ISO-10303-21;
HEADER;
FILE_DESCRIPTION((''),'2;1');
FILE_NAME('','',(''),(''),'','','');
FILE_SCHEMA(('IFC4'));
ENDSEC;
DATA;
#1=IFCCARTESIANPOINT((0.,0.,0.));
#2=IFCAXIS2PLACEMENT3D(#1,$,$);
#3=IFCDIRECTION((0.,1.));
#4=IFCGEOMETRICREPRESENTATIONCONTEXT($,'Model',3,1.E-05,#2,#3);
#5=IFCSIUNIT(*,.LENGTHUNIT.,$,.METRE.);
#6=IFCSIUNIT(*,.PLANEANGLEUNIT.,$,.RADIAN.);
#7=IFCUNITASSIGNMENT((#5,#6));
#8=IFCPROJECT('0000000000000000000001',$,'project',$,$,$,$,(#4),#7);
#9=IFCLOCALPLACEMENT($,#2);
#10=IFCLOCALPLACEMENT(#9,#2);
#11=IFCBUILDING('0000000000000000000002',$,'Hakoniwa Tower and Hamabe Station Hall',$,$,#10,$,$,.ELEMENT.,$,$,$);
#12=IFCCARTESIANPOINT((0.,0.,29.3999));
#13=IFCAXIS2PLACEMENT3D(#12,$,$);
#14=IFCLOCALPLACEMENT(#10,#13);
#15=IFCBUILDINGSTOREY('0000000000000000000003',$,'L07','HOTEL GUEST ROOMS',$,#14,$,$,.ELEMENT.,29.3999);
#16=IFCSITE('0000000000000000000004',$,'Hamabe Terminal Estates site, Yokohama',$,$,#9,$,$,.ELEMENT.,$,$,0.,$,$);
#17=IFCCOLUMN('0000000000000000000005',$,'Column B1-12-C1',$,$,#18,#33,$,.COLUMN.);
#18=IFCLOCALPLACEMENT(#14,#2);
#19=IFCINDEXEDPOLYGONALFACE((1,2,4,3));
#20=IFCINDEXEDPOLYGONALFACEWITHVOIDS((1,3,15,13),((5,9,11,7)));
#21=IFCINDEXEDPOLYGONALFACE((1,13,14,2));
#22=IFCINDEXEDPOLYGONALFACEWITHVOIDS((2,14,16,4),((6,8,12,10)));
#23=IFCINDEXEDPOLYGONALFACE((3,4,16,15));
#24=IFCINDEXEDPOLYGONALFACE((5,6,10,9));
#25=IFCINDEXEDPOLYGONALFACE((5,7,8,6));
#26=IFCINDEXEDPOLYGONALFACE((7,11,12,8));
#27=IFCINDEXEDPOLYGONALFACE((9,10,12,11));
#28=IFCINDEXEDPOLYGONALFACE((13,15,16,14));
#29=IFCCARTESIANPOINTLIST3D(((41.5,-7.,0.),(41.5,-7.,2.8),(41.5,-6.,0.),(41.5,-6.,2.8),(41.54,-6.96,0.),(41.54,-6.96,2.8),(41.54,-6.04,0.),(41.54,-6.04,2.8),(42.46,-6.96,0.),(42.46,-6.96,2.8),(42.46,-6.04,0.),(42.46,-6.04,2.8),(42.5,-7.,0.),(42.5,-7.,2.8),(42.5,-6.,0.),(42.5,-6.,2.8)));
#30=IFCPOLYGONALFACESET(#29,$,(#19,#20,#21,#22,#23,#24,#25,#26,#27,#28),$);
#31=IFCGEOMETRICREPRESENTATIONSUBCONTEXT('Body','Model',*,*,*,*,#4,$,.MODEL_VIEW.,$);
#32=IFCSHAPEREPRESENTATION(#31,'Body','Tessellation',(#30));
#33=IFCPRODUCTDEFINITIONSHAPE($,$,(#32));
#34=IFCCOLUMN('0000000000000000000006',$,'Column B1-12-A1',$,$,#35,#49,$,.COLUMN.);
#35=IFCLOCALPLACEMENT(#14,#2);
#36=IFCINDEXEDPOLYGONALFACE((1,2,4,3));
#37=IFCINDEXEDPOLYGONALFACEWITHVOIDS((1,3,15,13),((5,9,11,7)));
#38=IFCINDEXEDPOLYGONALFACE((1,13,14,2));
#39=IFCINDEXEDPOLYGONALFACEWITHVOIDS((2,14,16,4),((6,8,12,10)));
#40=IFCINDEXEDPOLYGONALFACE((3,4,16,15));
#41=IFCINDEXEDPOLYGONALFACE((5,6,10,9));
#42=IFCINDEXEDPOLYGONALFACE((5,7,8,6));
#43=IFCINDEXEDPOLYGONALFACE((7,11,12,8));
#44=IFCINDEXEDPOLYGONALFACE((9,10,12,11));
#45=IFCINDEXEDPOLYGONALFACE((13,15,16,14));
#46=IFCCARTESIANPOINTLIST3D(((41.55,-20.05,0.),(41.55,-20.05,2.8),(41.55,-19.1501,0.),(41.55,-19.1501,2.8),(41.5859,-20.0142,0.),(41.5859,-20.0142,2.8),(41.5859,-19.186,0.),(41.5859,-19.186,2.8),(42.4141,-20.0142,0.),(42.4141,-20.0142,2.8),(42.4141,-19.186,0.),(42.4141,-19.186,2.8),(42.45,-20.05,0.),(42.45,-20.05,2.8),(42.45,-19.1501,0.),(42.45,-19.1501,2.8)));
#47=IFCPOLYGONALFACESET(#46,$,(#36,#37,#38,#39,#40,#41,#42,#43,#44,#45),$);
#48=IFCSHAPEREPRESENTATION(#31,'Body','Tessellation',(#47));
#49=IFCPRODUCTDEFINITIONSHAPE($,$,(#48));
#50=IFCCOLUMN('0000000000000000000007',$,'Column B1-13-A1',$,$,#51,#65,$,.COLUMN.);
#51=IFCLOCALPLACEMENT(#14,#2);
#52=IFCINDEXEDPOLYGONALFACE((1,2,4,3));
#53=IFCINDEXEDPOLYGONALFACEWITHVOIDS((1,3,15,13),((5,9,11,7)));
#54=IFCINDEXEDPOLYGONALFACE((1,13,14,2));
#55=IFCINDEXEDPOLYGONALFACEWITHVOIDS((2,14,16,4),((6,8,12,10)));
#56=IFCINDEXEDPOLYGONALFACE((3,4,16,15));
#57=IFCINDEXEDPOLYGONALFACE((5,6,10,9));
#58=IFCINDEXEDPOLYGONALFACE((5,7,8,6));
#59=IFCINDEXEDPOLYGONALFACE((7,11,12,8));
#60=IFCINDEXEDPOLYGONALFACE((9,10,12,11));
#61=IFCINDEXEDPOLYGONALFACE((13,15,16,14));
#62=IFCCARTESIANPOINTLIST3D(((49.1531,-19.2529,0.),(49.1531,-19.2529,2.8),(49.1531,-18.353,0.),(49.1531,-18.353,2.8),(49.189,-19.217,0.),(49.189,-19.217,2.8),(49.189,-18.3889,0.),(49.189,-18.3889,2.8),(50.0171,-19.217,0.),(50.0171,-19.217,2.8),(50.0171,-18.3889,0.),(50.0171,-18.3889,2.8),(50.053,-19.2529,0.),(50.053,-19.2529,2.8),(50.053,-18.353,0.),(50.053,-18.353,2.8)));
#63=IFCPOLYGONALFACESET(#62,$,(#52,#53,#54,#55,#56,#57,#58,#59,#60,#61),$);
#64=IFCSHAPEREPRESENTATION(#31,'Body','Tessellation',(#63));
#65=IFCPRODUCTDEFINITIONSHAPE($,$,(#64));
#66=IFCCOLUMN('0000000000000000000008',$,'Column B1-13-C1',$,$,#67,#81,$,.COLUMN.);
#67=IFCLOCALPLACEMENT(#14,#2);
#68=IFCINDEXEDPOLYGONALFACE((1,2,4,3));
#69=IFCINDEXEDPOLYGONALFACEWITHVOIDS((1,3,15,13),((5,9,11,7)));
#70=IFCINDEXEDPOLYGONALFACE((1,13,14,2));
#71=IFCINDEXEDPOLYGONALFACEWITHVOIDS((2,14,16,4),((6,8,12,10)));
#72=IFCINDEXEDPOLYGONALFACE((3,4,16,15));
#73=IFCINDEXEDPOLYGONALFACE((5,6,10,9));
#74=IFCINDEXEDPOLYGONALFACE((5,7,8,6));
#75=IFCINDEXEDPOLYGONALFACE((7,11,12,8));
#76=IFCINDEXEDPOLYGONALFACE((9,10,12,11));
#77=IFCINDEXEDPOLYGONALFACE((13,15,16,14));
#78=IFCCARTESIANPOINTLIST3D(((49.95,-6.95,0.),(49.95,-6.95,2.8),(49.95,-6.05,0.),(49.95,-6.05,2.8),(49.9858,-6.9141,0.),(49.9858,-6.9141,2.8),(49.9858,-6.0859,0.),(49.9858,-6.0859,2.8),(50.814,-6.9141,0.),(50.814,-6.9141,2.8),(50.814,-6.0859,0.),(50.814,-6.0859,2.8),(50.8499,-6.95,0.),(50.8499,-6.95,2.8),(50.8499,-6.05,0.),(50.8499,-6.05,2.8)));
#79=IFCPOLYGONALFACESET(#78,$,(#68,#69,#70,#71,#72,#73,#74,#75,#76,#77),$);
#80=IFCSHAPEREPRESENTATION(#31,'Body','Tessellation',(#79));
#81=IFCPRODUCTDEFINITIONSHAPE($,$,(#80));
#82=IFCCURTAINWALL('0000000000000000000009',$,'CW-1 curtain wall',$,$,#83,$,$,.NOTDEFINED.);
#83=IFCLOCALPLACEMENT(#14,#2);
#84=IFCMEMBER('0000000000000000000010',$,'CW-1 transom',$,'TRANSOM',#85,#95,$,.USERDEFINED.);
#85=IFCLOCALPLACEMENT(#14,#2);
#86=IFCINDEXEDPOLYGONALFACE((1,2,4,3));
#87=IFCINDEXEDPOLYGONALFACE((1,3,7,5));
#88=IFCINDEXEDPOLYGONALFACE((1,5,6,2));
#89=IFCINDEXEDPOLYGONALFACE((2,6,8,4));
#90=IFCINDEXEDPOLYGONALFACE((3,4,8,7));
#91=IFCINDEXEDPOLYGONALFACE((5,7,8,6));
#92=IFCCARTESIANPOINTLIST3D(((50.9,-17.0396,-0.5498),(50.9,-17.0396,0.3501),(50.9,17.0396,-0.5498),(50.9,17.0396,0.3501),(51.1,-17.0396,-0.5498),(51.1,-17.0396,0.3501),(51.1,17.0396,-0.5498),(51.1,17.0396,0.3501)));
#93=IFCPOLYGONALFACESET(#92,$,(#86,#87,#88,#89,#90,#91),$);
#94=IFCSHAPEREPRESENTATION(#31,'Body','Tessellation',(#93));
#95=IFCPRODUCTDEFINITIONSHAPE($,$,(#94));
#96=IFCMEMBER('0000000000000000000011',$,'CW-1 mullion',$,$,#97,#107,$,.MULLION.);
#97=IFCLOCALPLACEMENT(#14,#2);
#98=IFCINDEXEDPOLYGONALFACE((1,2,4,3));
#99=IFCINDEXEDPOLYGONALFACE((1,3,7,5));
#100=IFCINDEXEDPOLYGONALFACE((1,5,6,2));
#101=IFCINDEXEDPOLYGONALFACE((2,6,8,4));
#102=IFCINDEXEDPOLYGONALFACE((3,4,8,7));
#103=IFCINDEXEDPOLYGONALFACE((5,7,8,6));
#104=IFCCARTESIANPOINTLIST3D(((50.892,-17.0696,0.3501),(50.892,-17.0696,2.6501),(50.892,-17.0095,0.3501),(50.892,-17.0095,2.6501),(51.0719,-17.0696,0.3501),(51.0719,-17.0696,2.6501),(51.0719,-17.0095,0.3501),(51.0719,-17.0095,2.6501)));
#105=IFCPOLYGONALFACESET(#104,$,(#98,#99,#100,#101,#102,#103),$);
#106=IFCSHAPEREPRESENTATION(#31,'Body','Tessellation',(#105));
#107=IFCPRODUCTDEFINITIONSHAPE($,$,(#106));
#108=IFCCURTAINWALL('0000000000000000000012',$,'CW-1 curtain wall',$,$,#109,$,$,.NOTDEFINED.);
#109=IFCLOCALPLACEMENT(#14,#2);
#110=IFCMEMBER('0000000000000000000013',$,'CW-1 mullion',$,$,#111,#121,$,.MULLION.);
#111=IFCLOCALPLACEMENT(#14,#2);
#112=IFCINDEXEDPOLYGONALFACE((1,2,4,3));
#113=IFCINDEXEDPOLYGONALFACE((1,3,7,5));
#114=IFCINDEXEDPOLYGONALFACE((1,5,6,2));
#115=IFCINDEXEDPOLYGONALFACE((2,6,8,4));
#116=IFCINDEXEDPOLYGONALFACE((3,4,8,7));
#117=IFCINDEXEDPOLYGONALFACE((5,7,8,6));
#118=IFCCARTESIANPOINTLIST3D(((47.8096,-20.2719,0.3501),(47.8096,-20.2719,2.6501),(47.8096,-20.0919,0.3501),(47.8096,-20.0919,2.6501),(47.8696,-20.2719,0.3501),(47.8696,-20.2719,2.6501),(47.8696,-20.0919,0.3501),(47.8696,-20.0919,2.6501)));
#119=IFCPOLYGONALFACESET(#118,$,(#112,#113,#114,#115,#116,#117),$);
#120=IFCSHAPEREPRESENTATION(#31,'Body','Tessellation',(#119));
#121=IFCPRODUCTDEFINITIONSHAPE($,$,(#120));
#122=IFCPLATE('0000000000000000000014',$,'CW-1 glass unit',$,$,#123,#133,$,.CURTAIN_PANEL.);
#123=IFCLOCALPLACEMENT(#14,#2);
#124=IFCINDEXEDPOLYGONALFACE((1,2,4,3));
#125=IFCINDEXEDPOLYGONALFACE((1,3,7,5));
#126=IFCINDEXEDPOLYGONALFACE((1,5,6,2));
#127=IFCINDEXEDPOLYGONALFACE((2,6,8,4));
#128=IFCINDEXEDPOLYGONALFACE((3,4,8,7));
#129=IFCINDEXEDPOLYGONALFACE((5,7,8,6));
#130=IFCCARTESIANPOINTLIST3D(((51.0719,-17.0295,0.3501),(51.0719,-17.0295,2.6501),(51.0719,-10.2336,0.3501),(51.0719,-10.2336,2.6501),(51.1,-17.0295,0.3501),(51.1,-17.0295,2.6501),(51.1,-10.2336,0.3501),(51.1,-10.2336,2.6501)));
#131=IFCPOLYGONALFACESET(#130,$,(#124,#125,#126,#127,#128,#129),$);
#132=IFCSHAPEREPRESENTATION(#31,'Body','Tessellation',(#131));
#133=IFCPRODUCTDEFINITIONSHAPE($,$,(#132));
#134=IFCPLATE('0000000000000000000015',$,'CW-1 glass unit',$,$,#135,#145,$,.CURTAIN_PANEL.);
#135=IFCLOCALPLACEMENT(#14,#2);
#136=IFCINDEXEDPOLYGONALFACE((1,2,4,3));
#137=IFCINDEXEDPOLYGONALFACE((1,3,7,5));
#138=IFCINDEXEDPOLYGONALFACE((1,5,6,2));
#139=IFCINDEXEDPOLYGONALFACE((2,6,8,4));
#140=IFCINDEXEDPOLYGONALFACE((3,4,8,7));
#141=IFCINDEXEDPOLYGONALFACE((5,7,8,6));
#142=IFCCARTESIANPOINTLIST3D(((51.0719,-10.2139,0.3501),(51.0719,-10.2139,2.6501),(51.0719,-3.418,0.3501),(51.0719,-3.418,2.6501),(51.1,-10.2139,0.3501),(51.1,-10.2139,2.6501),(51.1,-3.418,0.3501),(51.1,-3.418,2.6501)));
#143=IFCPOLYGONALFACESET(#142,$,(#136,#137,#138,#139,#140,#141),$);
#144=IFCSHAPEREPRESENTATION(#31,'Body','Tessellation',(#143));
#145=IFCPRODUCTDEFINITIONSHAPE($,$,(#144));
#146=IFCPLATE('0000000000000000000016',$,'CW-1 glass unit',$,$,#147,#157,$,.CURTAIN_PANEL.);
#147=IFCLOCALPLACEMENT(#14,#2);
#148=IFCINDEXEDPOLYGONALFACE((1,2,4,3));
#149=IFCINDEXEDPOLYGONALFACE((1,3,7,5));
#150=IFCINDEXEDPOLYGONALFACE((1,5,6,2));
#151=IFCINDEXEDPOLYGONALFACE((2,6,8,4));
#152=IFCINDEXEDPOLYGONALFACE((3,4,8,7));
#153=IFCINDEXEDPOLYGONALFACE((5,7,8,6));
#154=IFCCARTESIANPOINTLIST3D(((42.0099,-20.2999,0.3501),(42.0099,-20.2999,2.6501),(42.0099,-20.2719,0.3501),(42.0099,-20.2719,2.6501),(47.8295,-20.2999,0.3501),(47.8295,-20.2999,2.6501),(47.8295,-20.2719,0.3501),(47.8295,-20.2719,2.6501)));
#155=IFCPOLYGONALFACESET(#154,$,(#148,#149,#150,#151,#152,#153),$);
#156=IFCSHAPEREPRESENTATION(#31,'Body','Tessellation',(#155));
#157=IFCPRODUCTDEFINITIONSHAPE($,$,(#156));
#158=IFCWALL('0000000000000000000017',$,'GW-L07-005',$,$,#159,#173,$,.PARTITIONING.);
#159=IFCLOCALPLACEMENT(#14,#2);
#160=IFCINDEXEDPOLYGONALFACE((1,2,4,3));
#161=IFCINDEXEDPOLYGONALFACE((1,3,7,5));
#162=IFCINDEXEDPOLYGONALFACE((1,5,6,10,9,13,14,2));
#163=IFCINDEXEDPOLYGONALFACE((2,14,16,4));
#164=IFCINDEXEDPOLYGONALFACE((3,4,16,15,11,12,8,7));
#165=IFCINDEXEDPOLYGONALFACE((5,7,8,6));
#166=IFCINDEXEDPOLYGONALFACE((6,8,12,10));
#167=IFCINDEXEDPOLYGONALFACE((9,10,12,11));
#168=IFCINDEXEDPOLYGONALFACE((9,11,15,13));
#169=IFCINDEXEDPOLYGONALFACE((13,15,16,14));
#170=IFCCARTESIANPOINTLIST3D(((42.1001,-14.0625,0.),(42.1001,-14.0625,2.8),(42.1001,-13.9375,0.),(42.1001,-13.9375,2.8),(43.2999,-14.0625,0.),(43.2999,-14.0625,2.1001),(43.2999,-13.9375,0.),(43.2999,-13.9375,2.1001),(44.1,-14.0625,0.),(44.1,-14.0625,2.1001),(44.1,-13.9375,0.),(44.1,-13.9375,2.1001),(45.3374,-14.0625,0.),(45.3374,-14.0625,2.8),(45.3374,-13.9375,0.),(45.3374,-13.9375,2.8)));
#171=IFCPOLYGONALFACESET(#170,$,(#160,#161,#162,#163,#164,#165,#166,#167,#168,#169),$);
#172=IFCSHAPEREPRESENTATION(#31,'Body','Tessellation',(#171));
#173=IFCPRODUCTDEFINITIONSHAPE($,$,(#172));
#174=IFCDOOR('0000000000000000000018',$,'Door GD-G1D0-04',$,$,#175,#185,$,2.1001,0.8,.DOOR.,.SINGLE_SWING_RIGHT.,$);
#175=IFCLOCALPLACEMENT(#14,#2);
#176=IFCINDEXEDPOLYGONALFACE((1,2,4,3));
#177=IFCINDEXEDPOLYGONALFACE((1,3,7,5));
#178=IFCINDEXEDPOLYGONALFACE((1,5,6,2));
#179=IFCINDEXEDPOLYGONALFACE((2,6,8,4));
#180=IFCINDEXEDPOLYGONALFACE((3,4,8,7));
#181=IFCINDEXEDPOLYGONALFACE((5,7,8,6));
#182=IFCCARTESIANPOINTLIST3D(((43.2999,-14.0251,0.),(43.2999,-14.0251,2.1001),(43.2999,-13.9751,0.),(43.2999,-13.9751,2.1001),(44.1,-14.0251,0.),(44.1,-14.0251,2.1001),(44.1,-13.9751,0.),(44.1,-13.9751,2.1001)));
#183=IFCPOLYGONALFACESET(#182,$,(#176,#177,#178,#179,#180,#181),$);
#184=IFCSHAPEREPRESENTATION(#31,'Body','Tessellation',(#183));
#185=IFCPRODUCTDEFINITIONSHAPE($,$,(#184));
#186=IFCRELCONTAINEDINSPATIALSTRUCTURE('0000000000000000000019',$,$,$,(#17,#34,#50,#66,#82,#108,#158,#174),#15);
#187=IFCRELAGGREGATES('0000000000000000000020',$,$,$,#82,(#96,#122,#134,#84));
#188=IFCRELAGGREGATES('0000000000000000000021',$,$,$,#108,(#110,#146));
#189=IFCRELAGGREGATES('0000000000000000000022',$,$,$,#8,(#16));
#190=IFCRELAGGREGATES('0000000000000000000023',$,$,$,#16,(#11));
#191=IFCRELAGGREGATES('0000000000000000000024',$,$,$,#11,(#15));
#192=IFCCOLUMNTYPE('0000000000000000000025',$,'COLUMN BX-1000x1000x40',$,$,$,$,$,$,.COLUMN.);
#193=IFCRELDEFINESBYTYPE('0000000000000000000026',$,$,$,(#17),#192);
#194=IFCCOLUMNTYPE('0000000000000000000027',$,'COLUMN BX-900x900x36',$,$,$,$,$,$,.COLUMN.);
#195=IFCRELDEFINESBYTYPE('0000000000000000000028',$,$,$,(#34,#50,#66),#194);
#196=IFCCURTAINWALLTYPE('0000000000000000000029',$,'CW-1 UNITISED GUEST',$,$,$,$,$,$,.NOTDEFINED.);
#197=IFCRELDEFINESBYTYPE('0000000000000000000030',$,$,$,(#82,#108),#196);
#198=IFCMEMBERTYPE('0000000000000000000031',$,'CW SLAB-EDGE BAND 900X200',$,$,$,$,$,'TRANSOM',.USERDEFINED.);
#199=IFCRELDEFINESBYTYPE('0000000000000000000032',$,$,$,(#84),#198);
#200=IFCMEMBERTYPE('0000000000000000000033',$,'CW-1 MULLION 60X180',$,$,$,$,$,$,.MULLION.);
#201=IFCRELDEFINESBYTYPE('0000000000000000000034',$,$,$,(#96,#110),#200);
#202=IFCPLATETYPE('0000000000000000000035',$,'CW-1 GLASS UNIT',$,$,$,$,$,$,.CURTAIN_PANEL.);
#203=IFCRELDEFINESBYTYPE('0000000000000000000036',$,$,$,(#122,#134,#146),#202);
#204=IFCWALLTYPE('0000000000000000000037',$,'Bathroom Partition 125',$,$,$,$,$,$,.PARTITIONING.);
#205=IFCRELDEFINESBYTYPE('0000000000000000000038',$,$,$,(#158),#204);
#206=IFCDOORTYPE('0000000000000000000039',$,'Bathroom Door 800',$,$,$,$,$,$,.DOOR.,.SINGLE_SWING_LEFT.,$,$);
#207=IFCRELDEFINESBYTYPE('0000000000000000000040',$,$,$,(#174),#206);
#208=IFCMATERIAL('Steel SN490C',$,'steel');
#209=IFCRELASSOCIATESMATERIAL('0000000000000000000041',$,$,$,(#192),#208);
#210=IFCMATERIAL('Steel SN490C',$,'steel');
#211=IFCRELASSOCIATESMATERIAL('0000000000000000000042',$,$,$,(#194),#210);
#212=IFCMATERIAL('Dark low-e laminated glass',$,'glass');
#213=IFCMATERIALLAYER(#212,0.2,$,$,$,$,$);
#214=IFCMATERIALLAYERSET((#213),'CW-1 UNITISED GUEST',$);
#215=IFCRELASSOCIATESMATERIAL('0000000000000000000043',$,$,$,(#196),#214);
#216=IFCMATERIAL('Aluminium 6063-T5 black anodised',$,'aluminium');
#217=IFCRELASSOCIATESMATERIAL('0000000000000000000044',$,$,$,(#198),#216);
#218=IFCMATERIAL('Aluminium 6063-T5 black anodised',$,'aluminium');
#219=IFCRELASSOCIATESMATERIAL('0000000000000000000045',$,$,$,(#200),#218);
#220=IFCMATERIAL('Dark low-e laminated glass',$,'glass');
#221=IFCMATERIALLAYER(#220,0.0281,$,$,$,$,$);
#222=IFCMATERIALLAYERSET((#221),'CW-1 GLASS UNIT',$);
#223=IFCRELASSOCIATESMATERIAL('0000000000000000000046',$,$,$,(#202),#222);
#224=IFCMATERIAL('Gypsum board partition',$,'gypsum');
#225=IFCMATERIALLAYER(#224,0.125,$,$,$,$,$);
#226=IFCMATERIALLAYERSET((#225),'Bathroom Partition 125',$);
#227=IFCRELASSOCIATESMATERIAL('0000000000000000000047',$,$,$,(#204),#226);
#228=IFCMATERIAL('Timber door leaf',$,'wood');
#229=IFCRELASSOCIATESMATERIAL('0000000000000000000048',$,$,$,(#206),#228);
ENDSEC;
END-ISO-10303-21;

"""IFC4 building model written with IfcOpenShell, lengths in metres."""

from ifc_helpers import new_model, si_unit, direction, frame, frame_2d, origin, origin_2d, place, context, subcontext, project, spatial, rectangle, hollow_rectangle, extrude, material, layer, layer_set, material_profile, profile_set, type_object, element, fill, aggregate, save


model = new_model("IFC4")

# Units and contexts
model_context = context("Model", 3, precision=1e-05, world=origin(), true_north=direction((0.0, 1.0)))
body_context = subcontext(model_context, "Body", "Model", "MODEL_VIEW")
ifc_project = project(units=[si_unit("LENGTHUNIT", "METRE"), si_unit("PLANEANGLEUNIT", "RADIAN")], contexts=[model_context])

# Site, building, storey
site_placement = place(None, origin())
site = spatial("IfcSite", under=ifc_project, at=site_placement, Name="Hamabe Terminal Estates site, Yokohama", CompositionType="ELEMENT", RefElevation=0.0)
building_placement = place(site_placement, origin())
building = spatial("IfcBuilding", under=site, at=building_placement, Name="Hakoniwa Tower and Hamabe Station Hall", CompositionType="ELEMENT")
storey_placement = place(building_placement, frame((0.0, 0.0, 29.3999)))
storey = spatial("IfcBuildingStorey", under=building, at=storey_placement, Name="L07", Description="HOTEL GUEST ROOMS", CompositionType="ELEMENT", Elevation=29.3999)

# Columns
ifc_material_1 = material(Name="Steel SN490C", Category="steel")
ifc_material_profile_1 = material_profile(ifc_material_1, hollow_rectangle(XDim=1.0, YDim=1.0, WallThickness=0.04, at=origin_2d()), Name="BX-1000x1000x40")
ifc_profile_set_1 = profile_set([ifc_material_profile_1], Name="Steel SN490C")
column_type_1 = type_object("IfcColumnType", Name="COLUMN BX-1000x1000x40", PredefinedType="COLUMN", material=ifc_profile_set_1)
column_placement = place(storey_placement, frame((42.0, -6.5, 0.0), z_axis=(0.0, 0.0, 1.0), x_axis=(1.0, 0.0, 0.0)))
element("IfcColumn", 1, at=column_placement, inside=storey, type_object=column_type_1, Name="Column B1-12-C1", PredefinedType="COLUMN", context=body_context, shape_type="SweptSolid", body=[
    extrude(hollow_rectangle(XDim=1.0, YDim=1.0, WallThickness=0.04, at=origin_2d()), origin(), (0.0, 0.0, 1.0), 2.8),
])
ifc_material_2 = material(Name="Steel SN490C", Category="steel")
ifc_material_profile_2 = material_profile(ifc_material_2, hollow_rectangle(XDim=0.8999, YDim=0.8999, WallThickness=0.0359, at=origin_2d()), Name="BX-900x900x36")
ifc_profile_set_2 = profile_set([ifc_material_profile_2], Name="Steel SN490C")
column_type_2 = type_object("IfcColumnType", Name="COLUMN BX-900x900x36", PredefinedType="COLUMN", material=ifc_profile_set_2)
for number, where, z_axis, x_axis, name in (
    (2, (42.0, -19.6001, 0.0), (0.0, 0.0, 1.0), (1.0, 0.0, 0.0), "Column B1-12-A1"),
    (3, (49.603, -18.803, 0.0), (0.0, 0.0, 1.0), (1.0, 0.0, 0.0), "Column B1-13-A1"),
    (4, (50.3999, -6.5, 0.0), (0.0, 0.0, 1.0), (1.0, 0.0, 0.0), "Column B1-13-C1"),
):
    element("IfcColumn", number, at=place(storey_placement, frame(where, z_axis=z_axis, x_axis=x_axis)), inside=storey, type_object=column_type_2, Name=name, PredefinedType="COLUMN", context=body_context, shape_type="SweptSolid", body=[
        extrude(hollow_rectangle(XDim=0.8999, YDim=0.8999, WallThickness=0.0359, at=origin_2d()), origin(), (0.0, 0.0, 1.0), 2.8),
    ])

# Curtain wall, members
ifc_material_3 = material(Name="Dark low-e laminated glass", Category="glass")
ifc_layer_1 = layer(ifc_material_3, 0.2)
ifc_layer_set_1 = layer_set([ifc_layer_1], Name="CW-1 UNITISED GUEST")
curtain_wall_type = type_object("IfcCurtainWallType", Name="CW-1 UNITISED GUEST", PredefinedType="NOTDEFINED", material=ifc_layer_set_1)
curtain_wall_1_placement = place(storey_placement, origin())
curtain_wall_1 = element("IfcCurtainWall", 5, at=curtain_wall_1_placement, inside=storey, type_object=curtain_wall_type, Name="CW-1 curtain wall", PredefinedType="NOTDEFINED")
ifc_material_4 = material(Name="Aluminium 6063-T5 black anodised", Category="aluminium")
ifc_material_profile_3 = material_profile(ifc_material_4, rectangle(XDim=0.2, YDim=0.8999, at=origin_2d()), Name="CW SLAB-EDGE BAND 900X200")
ifc_profile_set_3 = profile_set([ifc_material_profile_3], Name="Aluminium 6063-T5 black anodised")
member_type_1 = type_object("IfcMemberType", Name="CW SLAB-EDGE BAND 900X200", ElementType="TRANSOM", PredefinedType="USERDEFINED", material=ifc_profile_set_3)
member_1_placement = place(storey_placement, frame((51.0, -17.0396, -0.0999), z_axis=(0.0, 1.0, 0.0), x_axis=(-1.0, 0.0, 0.0)))
member_1 = element("IfcMember", 6, at=member_1_placement, type_object=member_type_1, Name="CW-1 transom", ObjectType="TRANSOM", PredefinedType="USERDEFINED", context=body_context, shape_type="SweptSolid", body=[
    extrude(rectangle(XDim=0.2, YDim=0.8999, at=origin_2d()), origin(), (0.0, 0.0, 1.0), 34.0791),
])
ifc_material_5 = material(Name="Aluminium 6063-T5 black anodised", Category="aluminium")
ifc_material_profile_4 = material_profile(ifc_material_5, rectangle(XDim=0.0601, YDim=0.1799, at=origin_2d()), Name="CW-1 MULLION 60X180")
ifc_profile_set_4 = profile_set([ifc_material_profile_4], Name="Aluminium 6063-T5 black anodised")
member_type_2 = type_object("IfcMemberType", Name="CW-1 MULLION 60X180", PredefinedType="MULLION", material=ifc_profile_set_4)
member_2_placement = place(storey_placement, frame((50.9819, -17.0396, 0.3501), z_axis=(0.0, 0.0, 1.0), x_axis=(0.0, 1.0, 0.0)))
member_2 = element("IfcMember", 7, at=member_2_placement, type_object=member_type_2, Name="CW-1 mullion", PredefinedType="MULLION", context=body_context, shape_type="SweptSolid", body=[
    extrude(rectangle(XDim=0.0601, YDim=0.1799, at=origin_2d()), origin(), (0.0, 0.0, 1.0), 2.3),
])

# Curtain wall, member
curtain_wall_2_placement = place(storey_placement, origin())
curtain_wall_2 = element("IfcCurtainWall", 8, at=curtain_wall_2_placement, inside=storey, type_object=curtain_wall_type, Name="CW-1 curtain wall", PredefinedType="NOTDEFINED")
member_3_placement = place(storey_placement, frame((47.8396, -20.1819, 0.3501), z_axis=(0.0, 0.0, 1.0), x_axis=(1.0, 0.0, 0.0)))
member_3 = element("IfcMember", 9, at=member_3_placement, type_object=member_type_2, Name="CW-1 mullion", PredefinedType="MULLION", context=body_context, shape_type="SweptSolid", body=[
    extrude(rectangle(XDim=0.0601, YDim=0.1799, at=origin_2d()), origin(), (0.0, 0.0, 1.0), 2.3),
])

# Plates
ifc_material_6 = material(Name="Dark low-e laminated glass", Category="glass")
ifc_layer_2 = layer(ifc_material_6, 0.0281)
ifc_layer_set_2 = layer_set([ifc_layer_2], Name="CW-1 GLASS UNIT")
plate_type = type_object("IfcPlateType", Name="CW-1 GLASS UNIT", PredefinedType="CURTAIN_PANEL", material=ifc_layer_set_2)
plate_1_placement = place(storey_placement, frame((51.0859, -13.6316, 0.3501), z_axis=(0.0, 0.0, 1.0), x_axis=(0.0, 1.0, 0.0)))
plate_1 = element("IfcPlate", 10, at=plate_1_placement, type_object=plate_type, Name="CW-1 glass unit", PredefinedType="CURTAIN_PANEL", context=body_context, shape_type="SweptSolid", body=[
    extrude(rectangle(XDim=6.7959, YDim=0.0281, at=origin_2d()), origin(), (0.0, 0.0, 1.0), 2.3),
])
plate_2_placement = place(storey_placement, frame((51.0859, -6.8159, 0.3501), z_axis=(0.0, 0.0, 1.0), x_axis=(0.0, 1.0, 0.0)))
plate_2 = element("IfcPlate", 11, at=plate_2_placement, type_object=plate_type, Name="CW-1 glass unit", PredefinedType="CURTAIN_PANEL", context=body_context, shape_type="SweptSolid", body=[
    extrude(rectangle(XDim=6.7959, YDim=0.0281, at=origin_2d()), origin(), (0.0, 0.0, 1.0), 2.3),
])
aggregate(curtain_wall_1, [member_2, plate_1, plate_2, member_1])
plate_3_placement = place(storey_placement, frame((44.9197, -20.2859, 0.3501), z_axis=(0.0, 0.0, 1.0), x_axis=(1.0, 0.0, 0.0)))
plate_3 = element("IfcPlate", 12, at=plate_3_placement, type_object=plate_type, Name="CW-1 glass unit", PredefinedType="CURTAIN_PANEL", context=body_context, shape_type="SweptSolid", body=[
    extrude(rectangle(XDim=5.8196, YDim=0.0281, at=origin_2d()), origin(), (0.0, 0.0, 1.0), 2.3),
])
aggregate(curtain_wall_2, [member_3, plate_3])

# Wall, opening, door
ifc_material_7 = material(Name="Gypsum board partition", Category="gypsum")
ifc_layer_3 = layer(ifc_material_7, 0.125)
ifc_layer_set_3 = layer_set([ifc_layer_3], Name="Bathroom Partition 125")
wall_type_1 = type_object("IfcWallType", Name="Bathroom Partition 125", PredefinedType="PARTITIONING", material=ifc_layer_set_3)
wall_1_placement = place(storey_placement, frame((42.1001, -14.0, 0.0), z_axis=(0.0, 0.0, 1.0), x_axis=(1.0, 0.0, 0.0)))
wall_1 = element("IfcWall", 13, at=wall_1_placement, inside=storey, type_object=wall_type_1, Name="GW-L07-005", PredefinedType="PARTITIONING", context=body_context, shape_type="SweptSolid", body=[
    extrude(rectangle(XDim=3.2373, YDim=0.125, at=frame_2d((1.6187, 0.0))), origin(), (0.0, 0.0, 1.0), 2.8),
])
opening_1_placement = place(wall_1_placement, frame((1.2, 0.0, 0.0)))
opening_1 = element("IfcOpeningElement", 14, at=opening_1_placement, cuts=wall_1, PredefinedType="OPENING", context=body_context, shape_type="SweptSolid", body=[
    extrude(rectangle(XDim=0.8, YDim=2.1001, at=frame_2d((0.3999, 1.05))), frame((0.0, 0.0725, 0.0), z_axis=(0.0, -1.0, 0.0), x_axis=(1.0, 0.0, 0.0)), (0.0, 0.0, 1.0), 0.145),
])
ifc_material_8 = material(Name="Timber door leaf", Category="wood")
door_type_1 = type_object("IfcDoorType", Name="Bathroom Door 800", OperationType="SINGLE_SWING_LEFT", PredefinedType="DOOR", material=ifc_material_8)
door_1_placement = place(opening_1_placement, origin())
door_1 = element("IfcDoor", 15, at=door_1_placement, inside=storey, type_object=door_type_1, Name="Door GD-G1D0-04", OperationType="SINGLE_SWING_RIGHT", OverallHeight=2.1001, OverallWidth=0.8, PredefinedType="DOOR", context=body_context, shape_type="SweptSolid", body=[
    extrude(rectangle(XDim=0.8, YDim=2.1001, at=frame_2d((0.3999, 1.05))), frame((0.0, 0.0249, 0.0), z_axis=(0.0, -1.0, 0.0), x_axis=(1.0, 0.0, 0.0)), (0.0, 0.0, 1.0), 0.05),
])
fill(opening_1, door_1)

save(model, "model.ifc")
